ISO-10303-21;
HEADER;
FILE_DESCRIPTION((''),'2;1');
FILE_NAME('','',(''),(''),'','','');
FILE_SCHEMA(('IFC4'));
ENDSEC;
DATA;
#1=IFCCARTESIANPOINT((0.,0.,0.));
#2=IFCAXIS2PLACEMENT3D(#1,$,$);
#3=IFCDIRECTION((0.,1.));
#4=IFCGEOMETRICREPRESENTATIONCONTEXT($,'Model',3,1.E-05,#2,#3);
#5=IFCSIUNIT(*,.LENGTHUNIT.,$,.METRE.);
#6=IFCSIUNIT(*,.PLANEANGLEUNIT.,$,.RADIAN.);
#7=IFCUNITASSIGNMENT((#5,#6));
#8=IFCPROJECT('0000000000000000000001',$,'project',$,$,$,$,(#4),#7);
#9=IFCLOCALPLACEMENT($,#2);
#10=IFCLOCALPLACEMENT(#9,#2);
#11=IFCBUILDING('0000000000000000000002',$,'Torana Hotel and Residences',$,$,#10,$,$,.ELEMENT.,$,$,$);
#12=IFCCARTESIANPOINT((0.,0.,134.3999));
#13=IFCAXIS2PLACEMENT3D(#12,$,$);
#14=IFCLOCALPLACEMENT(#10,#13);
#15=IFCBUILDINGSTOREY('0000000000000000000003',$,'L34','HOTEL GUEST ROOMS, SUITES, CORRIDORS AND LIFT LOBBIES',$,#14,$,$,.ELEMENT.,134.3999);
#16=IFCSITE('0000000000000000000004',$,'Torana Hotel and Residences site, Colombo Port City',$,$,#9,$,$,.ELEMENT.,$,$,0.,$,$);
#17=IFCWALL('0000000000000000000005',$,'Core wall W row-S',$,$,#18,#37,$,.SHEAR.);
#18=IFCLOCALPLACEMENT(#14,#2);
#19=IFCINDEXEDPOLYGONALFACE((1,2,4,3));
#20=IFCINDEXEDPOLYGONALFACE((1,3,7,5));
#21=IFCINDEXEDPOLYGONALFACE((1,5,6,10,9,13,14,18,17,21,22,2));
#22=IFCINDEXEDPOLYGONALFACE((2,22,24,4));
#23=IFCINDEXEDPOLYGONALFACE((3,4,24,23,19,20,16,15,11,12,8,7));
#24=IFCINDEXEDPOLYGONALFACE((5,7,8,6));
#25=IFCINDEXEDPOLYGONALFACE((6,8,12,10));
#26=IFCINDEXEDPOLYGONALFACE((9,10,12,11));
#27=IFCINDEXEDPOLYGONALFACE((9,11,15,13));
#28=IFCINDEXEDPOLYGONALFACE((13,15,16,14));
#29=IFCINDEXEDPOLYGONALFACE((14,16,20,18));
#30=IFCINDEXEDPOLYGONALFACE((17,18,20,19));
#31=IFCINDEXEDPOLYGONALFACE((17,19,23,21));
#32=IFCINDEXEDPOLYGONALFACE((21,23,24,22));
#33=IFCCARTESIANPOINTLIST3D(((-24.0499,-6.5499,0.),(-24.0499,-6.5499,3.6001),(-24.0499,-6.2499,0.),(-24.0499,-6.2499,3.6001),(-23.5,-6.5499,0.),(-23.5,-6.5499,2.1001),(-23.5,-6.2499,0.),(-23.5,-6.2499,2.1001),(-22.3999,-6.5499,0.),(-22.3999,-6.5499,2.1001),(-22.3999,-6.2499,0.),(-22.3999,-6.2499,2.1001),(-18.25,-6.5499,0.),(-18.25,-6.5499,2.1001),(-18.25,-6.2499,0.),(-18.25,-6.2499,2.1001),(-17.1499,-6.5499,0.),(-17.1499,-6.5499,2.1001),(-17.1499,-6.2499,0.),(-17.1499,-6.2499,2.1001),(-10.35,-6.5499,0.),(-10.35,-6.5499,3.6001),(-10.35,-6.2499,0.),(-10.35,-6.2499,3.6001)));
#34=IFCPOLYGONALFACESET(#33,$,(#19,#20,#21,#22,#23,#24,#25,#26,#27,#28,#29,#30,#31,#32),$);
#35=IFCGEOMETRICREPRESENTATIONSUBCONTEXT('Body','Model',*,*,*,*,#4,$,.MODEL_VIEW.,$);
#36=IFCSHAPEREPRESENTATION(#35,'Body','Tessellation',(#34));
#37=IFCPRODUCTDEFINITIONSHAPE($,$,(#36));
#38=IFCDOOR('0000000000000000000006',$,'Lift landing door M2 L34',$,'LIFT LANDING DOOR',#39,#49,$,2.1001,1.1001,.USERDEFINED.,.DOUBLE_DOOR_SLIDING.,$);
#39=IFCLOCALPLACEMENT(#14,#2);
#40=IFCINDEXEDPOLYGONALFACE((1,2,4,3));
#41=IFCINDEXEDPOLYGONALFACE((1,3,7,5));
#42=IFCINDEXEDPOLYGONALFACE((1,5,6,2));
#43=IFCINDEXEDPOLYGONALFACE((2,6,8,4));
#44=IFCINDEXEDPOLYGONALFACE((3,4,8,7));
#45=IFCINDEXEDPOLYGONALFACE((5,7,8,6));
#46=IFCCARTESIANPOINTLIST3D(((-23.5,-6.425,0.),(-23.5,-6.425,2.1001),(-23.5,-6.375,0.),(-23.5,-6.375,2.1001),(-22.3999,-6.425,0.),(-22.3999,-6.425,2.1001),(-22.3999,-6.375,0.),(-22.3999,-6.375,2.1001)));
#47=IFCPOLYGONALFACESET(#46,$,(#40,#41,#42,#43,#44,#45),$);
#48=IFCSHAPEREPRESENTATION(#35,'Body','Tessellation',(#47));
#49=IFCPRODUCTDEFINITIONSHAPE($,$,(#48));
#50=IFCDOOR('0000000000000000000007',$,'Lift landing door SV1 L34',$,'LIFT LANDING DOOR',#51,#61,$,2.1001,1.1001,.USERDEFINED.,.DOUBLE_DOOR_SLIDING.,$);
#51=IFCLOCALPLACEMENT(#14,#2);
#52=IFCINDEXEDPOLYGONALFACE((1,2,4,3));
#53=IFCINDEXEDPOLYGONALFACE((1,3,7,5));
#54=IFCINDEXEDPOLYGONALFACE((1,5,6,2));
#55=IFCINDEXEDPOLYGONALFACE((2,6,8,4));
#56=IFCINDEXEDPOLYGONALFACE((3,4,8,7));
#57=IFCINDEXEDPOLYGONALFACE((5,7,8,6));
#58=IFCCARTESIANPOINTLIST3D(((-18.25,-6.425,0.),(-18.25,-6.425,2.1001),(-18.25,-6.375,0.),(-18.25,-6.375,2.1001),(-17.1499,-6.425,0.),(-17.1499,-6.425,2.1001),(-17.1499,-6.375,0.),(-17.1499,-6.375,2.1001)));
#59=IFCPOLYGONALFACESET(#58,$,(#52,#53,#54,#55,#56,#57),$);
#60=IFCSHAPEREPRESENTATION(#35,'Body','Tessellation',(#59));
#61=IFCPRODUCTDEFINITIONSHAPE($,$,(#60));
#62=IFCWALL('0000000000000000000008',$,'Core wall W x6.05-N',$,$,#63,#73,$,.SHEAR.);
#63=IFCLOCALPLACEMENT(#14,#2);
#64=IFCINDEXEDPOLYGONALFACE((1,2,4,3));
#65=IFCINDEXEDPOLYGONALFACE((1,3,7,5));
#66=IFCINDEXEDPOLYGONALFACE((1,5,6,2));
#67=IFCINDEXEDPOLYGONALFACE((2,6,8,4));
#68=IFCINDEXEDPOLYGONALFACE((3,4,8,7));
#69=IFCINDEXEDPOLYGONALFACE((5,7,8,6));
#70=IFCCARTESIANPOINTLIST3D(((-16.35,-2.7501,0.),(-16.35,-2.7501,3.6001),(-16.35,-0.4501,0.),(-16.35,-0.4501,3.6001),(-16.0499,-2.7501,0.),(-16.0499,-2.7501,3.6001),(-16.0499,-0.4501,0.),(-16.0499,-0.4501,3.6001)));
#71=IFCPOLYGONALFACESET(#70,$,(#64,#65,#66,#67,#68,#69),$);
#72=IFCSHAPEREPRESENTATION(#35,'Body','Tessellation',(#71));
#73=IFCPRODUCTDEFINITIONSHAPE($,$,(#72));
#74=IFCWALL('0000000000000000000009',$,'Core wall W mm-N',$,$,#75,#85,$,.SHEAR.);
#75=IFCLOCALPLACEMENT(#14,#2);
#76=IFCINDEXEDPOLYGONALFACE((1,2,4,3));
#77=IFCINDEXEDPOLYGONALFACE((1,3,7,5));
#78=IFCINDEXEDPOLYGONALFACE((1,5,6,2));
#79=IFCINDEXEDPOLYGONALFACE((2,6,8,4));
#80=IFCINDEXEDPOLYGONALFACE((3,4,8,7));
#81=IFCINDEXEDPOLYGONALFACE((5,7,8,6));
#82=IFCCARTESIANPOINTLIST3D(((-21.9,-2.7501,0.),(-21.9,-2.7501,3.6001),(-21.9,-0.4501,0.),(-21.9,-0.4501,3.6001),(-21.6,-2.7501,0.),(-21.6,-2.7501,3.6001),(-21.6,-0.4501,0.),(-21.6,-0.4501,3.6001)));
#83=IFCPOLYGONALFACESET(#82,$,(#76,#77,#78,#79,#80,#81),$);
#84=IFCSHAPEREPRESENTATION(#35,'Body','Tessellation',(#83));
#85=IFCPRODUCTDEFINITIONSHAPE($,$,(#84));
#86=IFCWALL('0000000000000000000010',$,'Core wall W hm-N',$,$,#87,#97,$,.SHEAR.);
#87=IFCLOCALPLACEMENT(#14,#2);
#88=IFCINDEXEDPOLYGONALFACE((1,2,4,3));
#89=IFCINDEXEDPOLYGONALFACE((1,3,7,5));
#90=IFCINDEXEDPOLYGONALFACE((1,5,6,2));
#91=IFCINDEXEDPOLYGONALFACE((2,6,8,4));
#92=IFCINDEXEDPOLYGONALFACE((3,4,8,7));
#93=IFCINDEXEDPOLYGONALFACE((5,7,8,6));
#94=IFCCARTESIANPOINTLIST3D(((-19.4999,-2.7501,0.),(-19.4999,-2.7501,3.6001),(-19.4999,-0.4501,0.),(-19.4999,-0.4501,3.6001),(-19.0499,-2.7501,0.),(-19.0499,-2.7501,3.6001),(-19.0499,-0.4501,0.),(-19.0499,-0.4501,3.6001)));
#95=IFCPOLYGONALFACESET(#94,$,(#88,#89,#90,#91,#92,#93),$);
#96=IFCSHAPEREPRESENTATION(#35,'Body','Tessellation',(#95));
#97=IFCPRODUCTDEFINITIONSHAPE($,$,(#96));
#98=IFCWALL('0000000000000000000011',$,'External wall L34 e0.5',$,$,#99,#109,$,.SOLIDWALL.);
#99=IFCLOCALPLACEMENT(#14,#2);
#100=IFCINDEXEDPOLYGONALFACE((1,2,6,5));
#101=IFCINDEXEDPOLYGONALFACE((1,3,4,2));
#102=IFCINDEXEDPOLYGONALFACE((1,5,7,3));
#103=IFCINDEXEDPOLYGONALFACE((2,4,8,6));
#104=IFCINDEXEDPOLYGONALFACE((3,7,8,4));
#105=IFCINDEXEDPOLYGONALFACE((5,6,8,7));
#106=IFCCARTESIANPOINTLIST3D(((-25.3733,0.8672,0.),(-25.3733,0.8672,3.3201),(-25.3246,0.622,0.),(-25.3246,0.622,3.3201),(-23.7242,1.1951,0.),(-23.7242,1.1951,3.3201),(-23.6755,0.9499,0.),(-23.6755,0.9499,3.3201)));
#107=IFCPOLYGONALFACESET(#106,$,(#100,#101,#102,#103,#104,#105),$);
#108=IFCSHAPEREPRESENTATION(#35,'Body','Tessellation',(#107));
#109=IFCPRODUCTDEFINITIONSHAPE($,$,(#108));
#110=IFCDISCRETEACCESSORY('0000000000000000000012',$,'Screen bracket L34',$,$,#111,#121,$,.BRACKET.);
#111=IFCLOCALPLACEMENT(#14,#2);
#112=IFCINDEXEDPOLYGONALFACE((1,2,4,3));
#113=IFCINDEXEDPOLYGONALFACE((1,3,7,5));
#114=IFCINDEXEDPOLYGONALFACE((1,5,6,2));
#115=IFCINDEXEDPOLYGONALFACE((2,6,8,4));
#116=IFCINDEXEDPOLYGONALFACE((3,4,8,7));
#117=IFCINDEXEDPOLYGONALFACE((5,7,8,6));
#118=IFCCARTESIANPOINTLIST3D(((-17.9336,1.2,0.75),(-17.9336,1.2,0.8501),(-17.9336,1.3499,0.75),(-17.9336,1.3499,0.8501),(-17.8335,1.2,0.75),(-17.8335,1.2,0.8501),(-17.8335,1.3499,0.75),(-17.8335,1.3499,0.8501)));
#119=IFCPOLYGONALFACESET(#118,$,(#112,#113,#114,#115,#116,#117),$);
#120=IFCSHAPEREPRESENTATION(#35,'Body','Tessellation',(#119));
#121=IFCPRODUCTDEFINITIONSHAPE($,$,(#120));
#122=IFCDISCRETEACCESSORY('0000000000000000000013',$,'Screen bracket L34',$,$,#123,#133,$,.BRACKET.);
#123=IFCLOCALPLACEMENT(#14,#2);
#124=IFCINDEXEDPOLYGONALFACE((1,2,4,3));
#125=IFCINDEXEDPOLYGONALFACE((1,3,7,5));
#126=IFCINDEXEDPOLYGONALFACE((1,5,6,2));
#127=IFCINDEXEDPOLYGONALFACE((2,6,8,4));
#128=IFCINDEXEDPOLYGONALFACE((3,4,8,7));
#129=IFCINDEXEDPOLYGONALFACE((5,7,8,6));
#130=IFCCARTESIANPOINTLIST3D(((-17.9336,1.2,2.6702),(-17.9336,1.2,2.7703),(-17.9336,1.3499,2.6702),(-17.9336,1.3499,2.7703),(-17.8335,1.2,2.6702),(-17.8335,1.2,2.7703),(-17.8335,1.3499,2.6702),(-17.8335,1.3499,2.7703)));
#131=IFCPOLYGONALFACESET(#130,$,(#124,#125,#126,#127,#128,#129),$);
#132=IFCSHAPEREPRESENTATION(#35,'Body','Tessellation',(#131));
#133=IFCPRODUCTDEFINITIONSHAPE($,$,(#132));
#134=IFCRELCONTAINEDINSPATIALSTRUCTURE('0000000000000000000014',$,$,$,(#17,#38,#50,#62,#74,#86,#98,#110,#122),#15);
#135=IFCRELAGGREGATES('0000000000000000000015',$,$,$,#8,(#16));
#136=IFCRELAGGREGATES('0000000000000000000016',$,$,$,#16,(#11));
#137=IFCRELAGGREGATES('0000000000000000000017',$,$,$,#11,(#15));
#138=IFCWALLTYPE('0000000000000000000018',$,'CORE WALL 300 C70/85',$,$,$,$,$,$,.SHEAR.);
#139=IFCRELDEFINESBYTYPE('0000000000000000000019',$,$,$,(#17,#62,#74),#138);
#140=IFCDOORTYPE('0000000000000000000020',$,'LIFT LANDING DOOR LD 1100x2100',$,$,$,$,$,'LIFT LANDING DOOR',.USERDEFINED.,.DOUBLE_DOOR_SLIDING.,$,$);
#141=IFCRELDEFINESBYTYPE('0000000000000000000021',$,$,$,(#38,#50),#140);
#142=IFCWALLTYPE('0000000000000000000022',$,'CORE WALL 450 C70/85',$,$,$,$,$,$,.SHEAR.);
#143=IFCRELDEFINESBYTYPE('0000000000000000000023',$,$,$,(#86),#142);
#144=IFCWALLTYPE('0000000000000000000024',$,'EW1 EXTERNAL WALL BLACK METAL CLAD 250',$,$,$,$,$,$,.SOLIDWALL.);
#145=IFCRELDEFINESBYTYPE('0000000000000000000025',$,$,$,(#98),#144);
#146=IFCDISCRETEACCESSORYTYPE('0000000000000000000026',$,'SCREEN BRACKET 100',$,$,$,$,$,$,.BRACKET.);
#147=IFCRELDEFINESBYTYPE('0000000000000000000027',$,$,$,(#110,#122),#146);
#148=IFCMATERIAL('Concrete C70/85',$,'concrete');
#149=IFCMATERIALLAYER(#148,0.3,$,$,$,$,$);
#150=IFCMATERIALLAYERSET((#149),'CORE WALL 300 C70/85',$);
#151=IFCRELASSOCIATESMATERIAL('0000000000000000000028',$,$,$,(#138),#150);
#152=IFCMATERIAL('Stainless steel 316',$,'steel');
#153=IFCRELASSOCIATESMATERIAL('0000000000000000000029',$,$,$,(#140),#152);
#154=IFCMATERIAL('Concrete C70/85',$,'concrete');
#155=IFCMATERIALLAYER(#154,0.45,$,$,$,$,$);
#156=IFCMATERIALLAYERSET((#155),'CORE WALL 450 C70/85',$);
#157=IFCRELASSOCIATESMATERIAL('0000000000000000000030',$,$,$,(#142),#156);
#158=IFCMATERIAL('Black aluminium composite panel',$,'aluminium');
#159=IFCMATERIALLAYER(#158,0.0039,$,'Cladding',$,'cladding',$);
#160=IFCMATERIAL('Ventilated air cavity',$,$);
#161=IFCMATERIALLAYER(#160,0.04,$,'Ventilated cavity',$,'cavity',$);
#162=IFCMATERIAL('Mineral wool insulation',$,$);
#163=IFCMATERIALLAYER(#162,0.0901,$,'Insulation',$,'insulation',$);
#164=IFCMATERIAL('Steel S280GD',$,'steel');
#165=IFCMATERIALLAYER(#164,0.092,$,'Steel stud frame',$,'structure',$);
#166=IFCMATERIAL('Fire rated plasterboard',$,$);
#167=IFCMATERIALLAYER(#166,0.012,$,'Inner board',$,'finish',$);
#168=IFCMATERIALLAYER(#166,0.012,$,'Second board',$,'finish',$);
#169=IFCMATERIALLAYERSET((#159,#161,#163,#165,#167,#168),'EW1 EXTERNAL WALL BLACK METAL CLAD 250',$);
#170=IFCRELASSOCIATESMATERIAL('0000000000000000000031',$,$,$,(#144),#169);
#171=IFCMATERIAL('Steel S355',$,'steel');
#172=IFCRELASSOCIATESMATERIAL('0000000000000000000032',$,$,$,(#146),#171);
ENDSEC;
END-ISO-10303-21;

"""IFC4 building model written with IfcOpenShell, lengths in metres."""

from ifc_helpers import new_model, si_unit, direction, frame, frame_2d, origin, origin_2d, place, context, subcontext, project, spatial, rectangle, extrude, material, layer, layer_set, type_object, element, fill, save


model = new_model("IFC4")

# Units and contexts
model_context = context("Model", 3, precision=1e-05, world=origin(), true_north=direction((0.0, 1.0)))
body_context = subcontext(model_context, "Body", "Model", "MODEL_VIEW")
ifc_project = project(units=[si_unit("LENGTHUNIT", "METRE"), si_unit("PLANEANGLEUNIT", "RADIAN")], contexts=[model_context])

# Site, building, storey
site_placement = place(None, origin())
site = spatial("IfcSite", under=ifc_project, at=site_placement, Name="Torana Hotel and Residences site, Colombo Port City", CompositionType="ELEMENT", RefElevation=0.0)
building_placement = place(site_placement, origin())
building = spatial("IfcBuilding", under=site, at=building_placement, Name="Torana Hotel and Residences", CompositionType="ELEMENT")
storey_placement = place(building_placement, frame((0.0, 0.0, 134.3999)))
storey = spatial("IfcBuildingStorey", under=building, at=storey_placement, Name="L34", Description="HOTEL GUEST ROOMS, SUITES, CORRIDORS AND LIFT LOBBIES", CompositionType="ELEMENT", Elevation=134.3999)

# Wall, openings, doors
ifc_material_1 = material(Name="Concrete C70/85", Category="concrete")
ifc_layer_1 = layer(ifc_material_1, 0.3)
ifc_layer_set_1 = layer_set([ifc_layer_1], Name="CORE WALL 300 C70/85")
wall_type_1 = type_object("IfcWallType", Name="CORE WALL 300 C70/85", PredefinedType="SHEAR", material=ifc_layer_set_1)
ifc_material_2 = material(Name="Stainless steel 316", Category="steel")
door_type_1 = type_object("IfcDoorType", Name="LIFT LANDING DOOR LD 1100x2100", ElementType="LIFT LANDING DOOR", OperationType="DOUBLE_DOOR_SLIDING", PredefinedType="USERDEFINED", material=ifc_material_2)
wall_1_placement = place(storey_placement, frame((-24.05, -6.3999, 0.0), z_axis=(0.0, 0.0, 1.0), x_axis=(1.0, 0.0, 0.0)))
wall_1 = element("IfcWall", 1, at=wall_1_placement, inside=storey, type_object=wall_type_1, Name="Core wall W row-S", PredefinedType="SHEAR", context=body_context, shape_type="SweptSolid", body=[
    extrude(rectangle(XDim=13.7, YDim=0.3, at=frame_2d((6.8501, 0.0))), origin(), (0.0, 0.0, 1.0), 3.6001),
])
opening_1_placement = place(wall_1_placement, frame((0.55, 0.0, 0.0)))
opening_1 = element("IfcOpeningElement", 2, at=opening_1_placement, cuts=wall_1, PredefinedType="OPENING", context=body_context, shape_type="SweptSolid", body=[
    extrude(rectangle(XDim=1.1001, YDim=2.1001, at=frame_2d((0.55, 1.05))), frame((0.0, 0.1599, 0.0), z_axis=(0.0, -1.0, 0.0), x_axis=(1.0, 0.0, 0.0)), (0.0, 0.0, 1.0), 0.3201),
])
opening_2_placement = place(wall_1_placement, frame((5.8, 0.0, 0.0)))
opening_2 = element("IfcOpeningElement", 3, at=opening_2_placement, cuts=wall_1, PredefinedType="OPENING", context=body_context, shape_type="SweptSolid", body=[
    extrude(rectangle(XDim=1.1001, YDim=2.1001, at=frame_2d((0.55, 1.05))), frame((0.0, 0.1599, 0.0), z_axis=(0.0, -1.0, 0.0), x_axis=(1.0, 0.0, 0.0)), (0.0, 0.0, 1.0), 0.3201),
])
door_1_placement = place(opening_1_placement, origin())
door_1 = element("IfcDoor", 4, at=door_1_placement, inside=storey, type_object=door_type_1, Name="Lift landing door M2 L34", ObjectType="LIFT LANDING DOOR", OperationType="DOUBLE_DOOR_SLIDING", OverallHeight=2.1001, OverallWidth=1.1001, PredefinedType="USERDEFINED", context=body_context, shape_type="SweptSolid", body=[
    extrude(rectangle(XDim=1.1001, YDim=2.1001, at=frame_2d((0.55, 1.05))), frame((0.0, 0.0249, 0.0), z_axis=(0.0, -1.0, 0.0), x_axis=(1.0, 0.0, 0.0)), (0.0, 0.0, 1.0), 0.05),
])
fill(opening_1, door_1)
door_2_placement = place(opening_2_placement, origin())
door_2 = element("IfcDoor", 5, at=door_2_placement, inside=storey, type_object=door_type_1, Name="Lift landing door SV1 L34", ObjectType="LIFT LANDING DOOR", OperationType="DOUBLE_DOOR_SLIDING", OverallHeight=2.1001, OverallWidth=1.1001, PredefinedType="USERDEFINED", context=body_context, shape_type="SweptSolid", body=[
    extrude(rectangle(XDim=1.1001, YDim=2.1001, at=frame_2d((0.55, 1.05))), frame((0.0, 0.0249, 0.0), z_axis=(0.0, -1.0, 0.0), x_axis=(1.0, 0.0, 0.0)), (0.0, 0.0, 1.0), 0.05),
])
fill(opening_2, door_2)

# Walls
for number, where, z_axis, x_axis, name in (
    (6, (-16.2, -2.75, 0.0), (0.0, 0.0, 1.0), (0.0, 1.0, 0.0), "Core wall W x6.05-N"),
    (7, (-21.75, -2.75, 0.0), (0.0, 0.0, 1.0), (0.0, 1.0, 0.0), "Core wall W mm-N"),
):
    element("IfcWall", number, at=place(storey_placement, frame(where, z_axis=z_axis, x_axis=x_axis)), inside=storey, type_object=wall_type_1, Name=name, PredefinedType="SHEAR", context=body_context, shape_type="SweptSolid", body=[
        extrude(rectangle(XDim=2.3, YDim=0.3, at=frame_2d((1.1499, 0.0))), origin(), (0.0, 0.0, 1.0), 3.6001),
    ])
ifc_material_3 = material(Name="Concrete C70/85", Category="concrete")
ifc_layer_2 = layer(ifc_material_3, 0.45)
ifc_layer_set_2 = layer_set([ifc_layer_2], Name="CORE WALL 450 C70/85")
wall_type_2 = type_object("IfcWallType", Name="CORE WALL 450 C70/85", PredefinedType="SHEAR", material=ifc_layer_set_2)
wall_2_placement = place(storey_placement, frame((-19.2749, -2.75, 0.0), z_axis=(0.0, 0.0, 1.0), x_axis=(0.0, 1.0, 0.0)))
element("IfcWall", 8, at=wall_2_placement, inside=storey, type_object=wall_type_2, Name="Core wall W hm-N", PredefinedType="SHEAR", context=body_context, shape_type="SweptSolid", body=[
    extrude(rectangle(XDim=2.3, YDim=0.45, at=frame_2d((1.1499, 0.0))), origin(), (0.0, 0.0, 1.0), 3.6001),
])
ifc_material_4 = material(Name="Black aluminium composite panel", Category="aluminium")
ifc_layer_3 = layer(ifc_material_4, 0.0039, Name="Cladding", Category="cladding")
ifc_material_5 = material(Name="Ventilated air cavity")
ifc_layer_4 = layer(ifc_material_5, 0.04, Name="Ventilated cavity", Category="cavity")
ifc_material_6 = material(Name="Mineral wool insulation")
ifc_layer_5 = layer(ifc_material_6, 0.0901, Name="Insulation", Category="insulation")
ifc_material_7 = material(Name="Steel S280GD", Category="steel")
ifc_layer_6 = layer(ifc_material_7, 0.092, Name="Steel stud frame", Category="structure")
ifc_material_8 = material(Name="Fire rated plasterboard")
ifc_layer_7 = layer(ifc_material_8, 0.012, Name="Inner board", Category="finish")
ifc_layer_8 = layer(ifc_material_8, 0.012, Name="Second board", Category="finish")
ifc_layer_set_3 = layer_set([ifc_layer_3, ifc_layer_4, ifc_layer_5, ifc_layer_6, ifc_layer_7, ifc_layer_8], Name="EW1 EXTERNAL WALL BLACK METAL CLAD 250")
wall_type_3 = type_object("IfcWallType", Name="EW1 EXTERNAL WALL BLACK METAL CLAD 250", PredefinedType="SOLIDWALL", material=ifc_layer_set_3)
wall_3_placement = place(storey_placement, frame((-23.6997, 1.0725, 0.0), z_axis=(0.0, 0.0, 1.0), x_axis=(-0.980803, -0.194999, 0.0)))
element("IfcWall", 9, at=wall_3_placement, inside=storey, type_object=wall_type_3, Name="External wall L34 e0.5", PredefinedType="SOLIDWALL", context=body_context, shape_type="SweptSolid", body=[
    extrude(rectangle(XDim=1.6814, YDim=0.25, at=frame_2d((0.8408, 0.0))), origin(), (0.0, 0.0, 1.0), 3.3201),
])

# Discrete accessories
ifc_material_9 = material(Name="Steel S355", Category="steel")
discrete_accessory_type = type_object("IfcDiscreteAccessoryType", Name="SCREEN BRACKET 100", PredefinedType="BRACKET", material=ifc_material_9)
for number, where, z_axis, x_axis, name in (
    (10, (-17.8835, 1.2749, 0.75), (0.0, 0.0, 1.0), (-1.0, 0.0, 0.0), "Screen bracket L34"),
    (11, (-17.8835, 1.2749, 2.6702), (0.0, 0.0, 1.0), (-1.0, 0.0, 0.0), "Screen bracket L34"),
):
    element("IfcDiscreteAccessory", number, at=place(storey_placement, frame(where, z_axis=z_axis, x_axis=x_axis)), inside=storey, type_object=discrete_accessory_type, Name=name, PredefinedType="BRACKET", context=body_context, shape_type="SweptSolid", body=[
        extrude(rectangle(XDim=0.1001, YDim=0.1499, at=origin_2d()), origin(), (0.0, 0.0, 1.0), 0.1001),
    ])

save(model, "model.ifc")
